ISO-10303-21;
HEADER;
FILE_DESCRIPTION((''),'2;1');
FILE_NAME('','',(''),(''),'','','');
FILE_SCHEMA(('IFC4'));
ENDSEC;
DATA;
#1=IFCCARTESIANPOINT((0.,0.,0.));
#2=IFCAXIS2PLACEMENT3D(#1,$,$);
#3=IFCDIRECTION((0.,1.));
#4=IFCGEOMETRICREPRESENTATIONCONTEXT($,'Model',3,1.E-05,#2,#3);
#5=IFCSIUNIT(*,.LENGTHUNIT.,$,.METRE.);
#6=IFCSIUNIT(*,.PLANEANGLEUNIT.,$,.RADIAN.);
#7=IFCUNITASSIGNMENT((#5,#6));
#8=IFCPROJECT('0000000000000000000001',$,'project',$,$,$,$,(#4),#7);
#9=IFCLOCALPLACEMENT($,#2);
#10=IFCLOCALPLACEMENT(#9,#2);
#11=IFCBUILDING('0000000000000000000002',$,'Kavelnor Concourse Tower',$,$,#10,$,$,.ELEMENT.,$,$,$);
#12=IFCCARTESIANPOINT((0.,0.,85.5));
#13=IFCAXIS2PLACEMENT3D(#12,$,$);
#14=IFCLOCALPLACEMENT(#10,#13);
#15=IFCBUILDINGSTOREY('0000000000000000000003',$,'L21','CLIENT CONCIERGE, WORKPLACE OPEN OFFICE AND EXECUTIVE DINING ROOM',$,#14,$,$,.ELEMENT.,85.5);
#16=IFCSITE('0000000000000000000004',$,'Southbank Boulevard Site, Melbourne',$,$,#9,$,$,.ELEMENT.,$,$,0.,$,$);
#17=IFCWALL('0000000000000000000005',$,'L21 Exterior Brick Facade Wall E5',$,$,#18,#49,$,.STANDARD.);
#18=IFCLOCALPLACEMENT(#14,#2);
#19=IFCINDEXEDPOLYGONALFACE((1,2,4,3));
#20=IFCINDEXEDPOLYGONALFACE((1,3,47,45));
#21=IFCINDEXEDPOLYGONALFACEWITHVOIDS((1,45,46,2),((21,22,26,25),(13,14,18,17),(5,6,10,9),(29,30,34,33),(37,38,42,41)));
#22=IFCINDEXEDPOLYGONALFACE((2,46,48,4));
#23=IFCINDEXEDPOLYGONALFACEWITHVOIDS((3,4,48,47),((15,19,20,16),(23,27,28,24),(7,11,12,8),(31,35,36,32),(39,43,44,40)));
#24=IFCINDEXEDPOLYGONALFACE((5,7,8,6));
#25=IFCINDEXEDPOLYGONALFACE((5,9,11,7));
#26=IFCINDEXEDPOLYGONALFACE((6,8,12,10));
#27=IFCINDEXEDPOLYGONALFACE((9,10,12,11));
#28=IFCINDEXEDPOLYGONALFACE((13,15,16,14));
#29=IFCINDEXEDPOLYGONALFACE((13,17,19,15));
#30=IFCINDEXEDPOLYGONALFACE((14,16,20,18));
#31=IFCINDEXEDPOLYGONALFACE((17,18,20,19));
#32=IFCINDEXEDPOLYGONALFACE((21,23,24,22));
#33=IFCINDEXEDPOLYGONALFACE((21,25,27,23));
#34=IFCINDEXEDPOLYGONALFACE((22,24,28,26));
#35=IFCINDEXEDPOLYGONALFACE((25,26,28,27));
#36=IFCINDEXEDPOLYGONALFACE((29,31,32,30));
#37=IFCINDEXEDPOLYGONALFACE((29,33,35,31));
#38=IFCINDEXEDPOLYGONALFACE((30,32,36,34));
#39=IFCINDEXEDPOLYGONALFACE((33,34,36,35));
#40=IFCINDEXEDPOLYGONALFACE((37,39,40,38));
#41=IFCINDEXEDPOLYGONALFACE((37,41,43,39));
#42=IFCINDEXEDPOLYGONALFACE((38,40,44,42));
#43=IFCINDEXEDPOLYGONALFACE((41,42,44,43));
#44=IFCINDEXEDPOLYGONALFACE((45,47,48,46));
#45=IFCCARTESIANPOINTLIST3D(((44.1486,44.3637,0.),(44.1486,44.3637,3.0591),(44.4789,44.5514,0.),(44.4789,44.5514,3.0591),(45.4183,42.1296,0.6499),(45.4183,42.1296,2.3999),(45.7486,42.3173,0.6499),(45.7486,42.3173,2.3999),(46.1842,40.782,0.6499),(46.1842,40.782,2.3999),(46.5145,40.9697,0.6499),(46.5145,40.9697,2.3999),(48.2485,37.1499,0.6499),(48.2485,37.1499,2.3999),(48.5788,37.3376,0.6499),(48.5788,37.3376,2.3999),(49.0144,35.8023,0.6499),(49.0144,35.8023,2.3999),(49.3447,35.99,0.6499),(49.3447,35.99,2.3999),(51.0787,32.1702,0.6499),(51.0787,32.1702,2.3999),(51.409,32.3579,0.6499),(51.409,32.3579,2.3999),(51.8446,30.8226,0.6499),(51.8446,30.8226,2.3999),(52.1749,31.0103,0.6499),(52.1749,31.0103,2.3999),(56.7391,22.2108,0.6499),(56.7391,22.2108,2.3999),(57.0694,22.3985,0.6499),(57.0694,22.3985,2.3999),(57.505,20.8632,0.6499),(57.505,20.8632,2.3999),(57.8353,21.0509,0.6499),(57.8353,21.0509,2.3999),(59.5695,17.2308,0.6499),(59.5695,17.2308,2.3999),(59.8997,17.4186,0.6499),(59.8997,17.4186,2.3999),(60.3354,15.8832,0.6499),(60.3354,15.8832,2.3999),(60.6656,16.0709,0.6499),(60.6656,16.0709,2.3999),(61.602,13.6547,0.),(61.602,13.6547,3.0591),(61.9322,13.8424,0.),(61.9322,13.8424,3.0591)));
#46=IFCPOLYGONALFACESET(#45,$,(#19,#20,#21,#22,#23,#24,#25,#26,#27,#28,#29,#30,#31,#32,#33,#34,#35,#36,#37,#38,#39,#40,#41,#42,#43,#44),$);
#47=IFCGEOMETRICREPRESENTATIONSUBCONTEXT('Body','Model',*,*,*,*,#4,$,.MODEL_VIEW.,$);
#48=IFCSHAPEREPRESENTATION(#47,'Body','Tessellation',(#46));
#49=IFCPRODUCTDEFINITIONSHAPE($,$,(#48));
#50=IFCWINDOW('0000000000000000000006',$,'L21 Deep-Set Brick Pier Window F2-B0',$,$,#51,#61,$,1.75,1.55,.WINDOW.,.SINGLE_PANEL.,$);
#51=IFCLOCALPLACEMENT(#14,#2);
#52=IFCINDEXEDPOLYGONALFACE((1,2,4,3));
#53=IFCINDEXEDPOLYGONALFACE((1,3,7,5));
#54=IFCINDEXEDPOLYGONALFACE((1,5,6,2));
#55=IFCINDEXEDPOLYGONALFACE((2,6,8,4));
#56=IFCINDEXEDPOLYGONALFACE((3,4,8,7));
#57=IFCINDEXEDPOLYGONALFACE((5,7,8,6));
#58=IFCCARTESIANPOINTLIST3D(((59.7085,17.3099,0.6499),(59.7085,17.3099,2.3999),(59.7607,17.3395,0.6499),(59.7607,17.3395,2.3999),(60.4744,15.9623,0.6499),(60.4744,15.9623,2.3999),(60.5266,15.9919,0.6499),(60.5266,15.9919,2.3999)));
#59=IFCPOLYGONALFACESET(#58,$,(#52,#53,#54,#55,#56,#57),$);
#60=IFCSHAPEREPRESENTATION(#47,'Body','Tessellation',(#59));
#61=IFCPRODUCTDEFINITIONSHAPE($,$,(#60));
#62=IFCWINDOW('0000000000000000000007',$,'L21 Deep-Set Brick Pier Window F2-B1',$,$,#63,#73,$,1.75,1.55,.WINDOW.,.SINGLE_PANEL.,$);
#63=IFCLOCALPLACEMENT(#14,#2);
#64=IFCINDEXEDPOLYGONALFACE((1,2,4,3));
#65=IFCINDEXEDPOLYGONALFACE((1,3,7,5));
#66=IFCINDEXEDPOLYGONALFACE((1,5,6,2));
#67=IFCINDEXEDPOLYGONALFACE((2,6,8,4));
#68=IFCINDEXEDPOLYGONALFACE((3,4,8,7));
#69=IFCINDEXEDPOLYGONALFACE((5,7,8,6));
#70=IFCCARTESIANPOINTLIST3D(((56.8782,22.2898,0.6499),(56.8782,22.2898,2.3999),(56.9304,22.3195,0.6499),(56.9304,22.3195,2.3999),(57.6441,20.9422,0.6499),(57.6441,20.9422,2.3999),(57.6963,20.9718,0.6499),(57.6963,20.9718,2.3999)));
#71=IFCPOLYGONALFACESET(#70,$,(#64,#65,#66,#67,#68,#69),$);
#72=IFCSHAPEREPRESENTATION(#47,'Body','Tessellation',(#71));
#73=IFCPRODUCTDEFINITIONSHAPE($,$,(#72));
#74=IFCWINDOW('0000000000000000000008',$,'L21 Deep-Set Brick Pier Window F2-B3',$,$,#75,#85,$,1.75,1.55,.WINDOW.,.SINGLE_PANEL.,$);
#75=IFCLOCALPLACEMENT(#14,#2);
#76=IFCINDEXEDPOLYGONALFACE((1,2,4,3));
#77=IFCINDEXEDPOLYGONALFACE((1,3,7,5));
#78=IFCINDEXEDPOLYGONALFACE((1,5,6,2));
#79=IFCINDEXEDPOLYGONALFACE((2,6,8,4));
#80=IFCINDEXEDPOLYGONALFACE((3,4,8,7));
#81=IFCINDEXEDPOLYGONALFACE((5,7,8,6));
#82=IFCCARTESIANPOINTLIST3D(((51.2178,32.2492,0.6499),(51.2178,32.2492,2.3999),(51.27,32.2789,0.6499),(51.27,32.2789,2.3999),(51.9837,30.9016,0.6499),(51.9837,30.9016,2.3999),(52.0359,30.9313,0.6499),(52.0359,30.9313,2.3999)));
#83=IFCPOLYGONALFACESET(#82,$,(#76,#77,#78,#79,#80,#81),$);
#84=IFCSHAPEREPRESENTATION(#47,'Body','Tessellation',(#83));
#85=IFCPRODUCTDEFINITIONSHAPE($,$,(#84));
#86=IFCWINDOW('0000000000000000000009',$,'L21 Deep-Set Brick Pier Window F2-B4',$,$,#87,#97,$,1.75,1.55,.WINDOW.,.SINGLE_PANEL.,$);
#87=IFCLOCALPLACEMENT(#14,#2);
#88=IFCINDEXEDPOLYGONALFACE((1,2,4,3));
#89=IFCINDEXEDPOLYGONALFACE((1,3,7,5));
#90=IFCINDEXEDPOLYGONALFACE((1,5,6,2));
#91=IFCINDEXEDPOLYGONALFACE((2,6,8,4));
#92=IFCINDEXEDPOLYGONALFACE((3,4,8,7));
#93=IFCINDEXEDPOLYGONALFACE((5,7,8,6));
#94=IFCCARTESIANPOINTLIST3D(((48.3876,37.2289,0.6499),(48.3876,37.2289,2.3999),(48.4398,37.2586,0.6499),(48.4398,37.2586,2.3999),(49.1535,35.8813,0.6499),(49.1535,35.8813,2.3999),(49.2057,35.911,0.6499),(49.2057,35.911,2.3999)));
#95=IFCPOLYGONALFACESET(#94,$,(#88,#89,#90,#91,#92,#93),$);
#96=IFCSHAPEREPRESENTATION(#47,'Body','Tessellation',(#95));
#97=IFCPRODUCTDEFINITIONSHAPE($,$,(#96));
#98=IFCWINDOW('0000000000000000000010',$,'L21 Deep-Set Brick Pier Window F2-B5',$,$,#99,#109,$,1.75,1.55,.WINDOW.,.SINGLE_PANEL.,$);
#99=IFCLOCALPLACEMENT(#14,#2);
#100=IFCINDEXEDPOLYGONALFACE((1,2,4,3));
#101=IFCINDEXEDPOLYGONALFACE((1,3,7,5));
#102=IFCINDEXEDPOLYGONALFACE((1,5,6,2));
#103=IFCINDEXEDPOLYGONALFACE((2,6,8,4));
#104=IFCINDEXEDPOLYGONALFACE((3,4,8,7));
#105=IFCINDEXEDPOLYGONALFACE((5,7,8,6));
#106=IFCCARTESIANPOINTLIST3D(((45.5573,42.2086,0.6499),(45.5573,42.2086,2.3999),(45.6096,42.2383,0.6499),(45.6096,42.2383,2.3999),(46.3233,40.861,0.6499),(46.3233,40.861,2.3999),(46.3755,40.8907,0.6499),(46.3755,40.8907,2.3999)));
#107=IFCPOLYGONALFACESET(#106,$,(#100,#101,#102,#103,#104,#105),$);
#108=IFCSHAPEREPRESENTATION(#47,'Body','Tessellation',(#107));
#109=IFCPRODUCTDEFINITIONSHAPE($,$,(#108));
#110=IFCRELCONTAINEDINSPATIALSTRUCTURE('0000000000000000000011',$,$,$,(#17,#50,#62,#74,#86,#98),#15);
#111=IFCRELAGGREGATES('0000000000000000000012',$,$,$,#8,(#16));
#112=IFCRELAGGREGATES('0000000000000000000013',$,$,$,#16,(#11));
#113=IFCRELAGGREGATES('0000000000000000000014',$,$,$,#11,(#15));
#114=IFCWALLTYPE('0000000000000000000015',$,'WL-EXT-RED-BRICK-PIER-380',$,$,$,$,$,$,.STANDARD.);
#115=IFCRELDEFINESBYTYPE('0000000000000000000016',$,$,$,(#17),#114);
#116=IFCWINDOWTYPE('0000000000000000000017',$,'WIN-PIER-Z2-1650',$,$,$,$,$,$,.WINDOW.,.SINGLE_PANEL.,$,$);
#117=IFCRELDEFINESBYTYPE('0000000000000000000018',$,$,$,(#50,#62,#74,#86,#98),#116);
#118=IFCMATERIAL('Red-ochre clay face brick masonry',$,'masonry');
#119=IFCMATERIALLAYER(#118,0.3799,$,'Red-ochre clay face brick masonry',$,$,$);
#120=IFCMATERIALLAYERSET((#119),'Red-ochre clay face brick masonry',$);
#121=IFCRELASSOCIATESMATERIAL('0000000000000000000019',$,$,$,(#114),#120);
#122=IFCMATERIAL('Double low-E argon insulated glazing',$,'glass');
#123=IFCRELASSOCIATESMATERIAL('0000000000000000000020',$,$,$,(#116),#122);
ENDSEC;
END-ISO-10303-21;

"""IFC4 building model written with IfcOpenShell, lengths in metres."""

from ifc_helpers import new_model, si_unit, direction, frame, frame_2d, origin, place, context, subcontext, project, spatial, rectangle, extrude, material, layer, layer_set, type_object, element, fill, save


model = new_model("IFC4")

# Units and contexts
model_context = context("Model", 3, precision=1e-05, world=origin(), true_north=direction((0.0, 1.0)))
body_context = subcontext(model_context, "Body", "Model", "MODEL_VIEW")
ifc_project = project(units=[si_unit("LENGTHUNIT", "METRE"), si_unit("PLANEANGLEUNIT", "RADIAN")], contexts=[model_context])

# Site, building, storey
site_placement = place(None, origin())
site = spatial("IfcSite", under=ifc_project, at=site_placement, Name="Southbank Boulevard Site, Melbourne", CompositionType="ELEMENT", RefElevation=0.0)
building_placement = place(site_placement, origin())
building = spatial("IfcBuilding", under=site, at=building_placement, Name="Kavelnor Concourse Tower", CompositionType="ELEMENT")
storey_placement = place(building_placement, frame((0.0, 0.0, 85.5)))
storey = spatial("IfcBuildingStorey", under=building, at=storey_placement, Name="L21", Description="CLIENT CONCIERGE, WORKPLACE OPEN OFFICE AND EXECUTIVE DINING ROOM", CompositionType="ELEMENT", Elevation=85.5)

# Wall, openings, windows
ifc_material_1 = material(Name="Red-ochre clay face brick masonry", Category="masonry")
ifc_layer_1 = layer(ifc_material_1, 0.3799, Name="Red-ochre clay face brick masonry")
ifc_layer_set_1 = layer_set([ifc_layer_1], Name="Red-ochre clay face brick masonry")
wall_type = type_object("IfcWallType", Name="WL-EXT-RED-BRICK-PIER-380", PredefinedType="STANDARD", material=ifc_layer_set_1)
wall_placement = place(storey_placement, frame((44.3137, 44.4575, 0.0), z_axis=(0.0, 0.0, 1.0), x_axis=(0.494118, -0.869395, 0.0)))
wall = element("IfcWall", 1, at=wall_placement, inside=storey, type_object=wall_type, Name="L21 Exterior Brick Facade Wall E5", PredefinedType="STANDARD", context=body_context, shape_type="SweptSolid", body=[
    extrude(rectangle(XDim=35.3223, YDim=0.3799, at=frame_2d((17.6611, 0.0))), origin(), (0.0, 0.0, 1.0), 3.0591),
])
opening_1_placement = place(wall_placement, frame((31.209, 0.0, 0.6499)))
opening_1 = element("IfcOpeningElement", 2, at=opening_1_placement, cuts=wall, PredefinedType="OPENING", context=body_context, shape_type="SweptSolid", body=[
    extrude(rectangle(XDim=1.55, YDim=1.75, at=frame_2d((0.7749, 0.875))), frame((0.0, 0.2, 0.0), z_axis=(0.0, -1.0, 0.0), x_axis=(1.0, 0.0, 0.0)), (0.0, 0.0, 1.0), 0.3999),
])
opening_2_placement = place(wall_placement, frame((25.481, 0.0, 0.6499)))
opening_2 = element("IfcOpeningElement", 3, at=opening_2_placement, cuts=wall, PredefinedType="OPENING", context=body_context, shape_type="SweptSolid", body=[
    extrude(rectangle(XDim=1.55, YDim=1.75, at=frame_2d((0.7749, 0.875))), frame((0.0, 0.2, 0.0), z_axis=(0.0, -1.0, 0.0), x_axis=(1.0, 0.0, 0.0)), (0.0, 0.0, 1.0), 0.3999),
])
opening_3_placement = place(wall_placement, frame((14.0254, 0.0, 0.6499)))
opening_3 = element("IfcOpeningElement", 4, at=opening_3_placement, cuts=wall, PredefinedType="OPENING", context=body_context, shape_type="SweptSolid", body=[
    extrude(rectangle(XDim=1.55, YDim=1.75, at=frame_2d((0.7749, 0.875))), frame((0.0, 0.2, 0.0), z_axis=(0.0, -1.0, 0.0), x_axis=(1.0, 0.0, 0.0)), (0.0, 0.0, 1.0), 0.3999),
])
opening_4_placement = place(wall_placement, frame((8.2976, 0.0, 0.6499)))
opening_4 = element("IfcOpeningElement", 5, at=opening_4_placement, cuts=wall, PredefinedType="OPENING", context=body_context, shape_type="SweptSolid", body=[
    extrude(rectangle(XDim=1.55, YDim=1.75, at=frame_2d((0.7749, 0.875))), frame((0.0, 0.2, 0.0), z_axis=(0.0, -1.0, 0.0), x_axis=(1.0, 0.0, 0.0)), (0.0, 0.0, 1.0), 0.3999),
])
opening_5_placement = place(wall_placement, frame((2.5698, 0.0, 0.6499)))
opening_5 = element("IfcOpeningElement", 6, at=opening_5_placement, cuts=wall, PredefinedType="OPENING", context=body_context, shape_type="SweptSolid", body=[
    extrude(rectangle(XDim=1.55, YDim=1.75, at=frame_2d((0.7749, 0.875))), frame((0.0, 0.2, 0.0), z_axis=(0.0, -1.0, 0.0), x_axis=(1.0, 0.0, 0.0)), (0.0, 0.0, 1.0), 0.3999),
])
ifc_material_2 = material(Name="Double low-E argon insulated glazing", Category="glass")
window_type = type_object("IfcWindowType", Name="WIN-PIER-Z2-1650", PartitioningType="SINGLE_PANEL", PredefinedType="WINDOW", material=ifc_material_2)
window_1_placement = place(opening_1_placement, origin())
window_1 = element("IfcWindow", 7, at=window_1_placement, inside=storey, type_object=window_type, Name="L21 Deep-Set Brick Pier Window F2-B0", OverallHeight=1.75, OverallWidth=1.55, PartitioningType="SINGLE_PANEL", PredefinedType="WINDOW", context=body_context, shape_type="SweptSolid", body=[
    extrude(rectangle(XDim=1.55, YDim=1.75, at=frame_2d((0.7749, 0.875))), frame((0.0, 0.03, 0.0), z_axis=(0.0, -1.0, 0.0), x_axis=(1.0, 0.0, 0.0)), (0.0, 0.0, 1.0), 0.0601),
])
fill(opening_1, window_1)
window_2_placement = place(opening_2_placement, origin())
window_2 = element("IfcWindow", 8, at=window_2_placement, inside=storey, type_object=window_type, Name="L21 Deep-Set Brick Pier Window F2-B1", OverallHeight=1.75, OverallWidth=1.55, PartitioningType="SINGLE_PANEL", PredefinedType="WINDOW", context=body_context, shape_type="SweptSolid", body=[
    extrude(rectangle(XDim=1.55, YDim=1.75, at=frame_2d((0.7749, 0.875))), frame((0.0, 0.03, 0.0), z_axis=(0.0, -1.0, 0.0), x_axis=(1.0, 0.0, 0.0)), (0.0, 0.0, 1.0), 0.0601),
])
fill(opening_2, window_2)
window_3_placement = place(opening_3_placement, origin())
window_3 = element("IfcWindow", 9, at=window_3_placement, inside=storey, type_object=window_type, Name="L21 Deep-Set Brick Pier Window F2-B3", OverallHeight=1.75, OverallWidth=1.55, PartitioningType="SINGLE_PANEL", PredefinedType="WINDOW", context=body_context, shape_type="SweptSolid", body=[
    extrude(rectangle(XDim=1.55, YDim=1.75, at=frame_2d((0.7749, 0.875))), frame((0.0, 0.03, 0.0), z_axis=(0.0, -1.0, 0.0), x_axis=(1.0, 0.0, 0.0)), (0.0, 0.0, 1.0), 0.0601),
])
fill(opening_3, window_3)
window_4_placement = place(opening_4_placement, origin())
window_4 = element("IfcWindow", 10, at=window_4_placement, inside=storey, type_object=window_type, Name="L21 Deep-Set Brick Pier Window F2-B4", OverallHeight=1.75, OverallWidth=1.55, PartitioningType="SINGLE_PANEL", PredefinedType="WINDOW", context=body_context, shape_type="SweptSolid", body=[
    extrude(rectangle(XDim=1.55, YDim=1.75, at=frame_2d((0.7749, 0.875))), frame((0.0, 0.03, 0.0), z_axis=(0.0, -1.0, 0.0), x_axis=(1.0, 0.0, 0.0)), (0.0, 0.0, 1.0), 0.0601),
])
fill(opening_4, window_4)
window_5_placement = place(opening_5_placement, origin())
window_5 = element("IfcWindow", 11, at=window_5_placement, inside=storey, type_object=window_type, Name="L21 Deep-Set Brick Pier Window F2-B5", OverallHeight=1.75, OverallWidth=1.55, PartitioningType="SINGLE_PANEL", PredefinedType="WINDOW", context=body_context, shape_type="SweptSolid", body=[
    extrude(rectangle(XDim=1.55, YDim=1.75, at=frame_2d((0.7749, 0.875))), frame((0.0, 0.03, 0.0), z_axis=(0.0, -1.0, 0.0), x_axis=(1.0, 0.0, 0.0)), (0.0, 0.0, 1.0), 0.0601),
])
fill(opening_5, window_5)

save(model, "model.ifc")
